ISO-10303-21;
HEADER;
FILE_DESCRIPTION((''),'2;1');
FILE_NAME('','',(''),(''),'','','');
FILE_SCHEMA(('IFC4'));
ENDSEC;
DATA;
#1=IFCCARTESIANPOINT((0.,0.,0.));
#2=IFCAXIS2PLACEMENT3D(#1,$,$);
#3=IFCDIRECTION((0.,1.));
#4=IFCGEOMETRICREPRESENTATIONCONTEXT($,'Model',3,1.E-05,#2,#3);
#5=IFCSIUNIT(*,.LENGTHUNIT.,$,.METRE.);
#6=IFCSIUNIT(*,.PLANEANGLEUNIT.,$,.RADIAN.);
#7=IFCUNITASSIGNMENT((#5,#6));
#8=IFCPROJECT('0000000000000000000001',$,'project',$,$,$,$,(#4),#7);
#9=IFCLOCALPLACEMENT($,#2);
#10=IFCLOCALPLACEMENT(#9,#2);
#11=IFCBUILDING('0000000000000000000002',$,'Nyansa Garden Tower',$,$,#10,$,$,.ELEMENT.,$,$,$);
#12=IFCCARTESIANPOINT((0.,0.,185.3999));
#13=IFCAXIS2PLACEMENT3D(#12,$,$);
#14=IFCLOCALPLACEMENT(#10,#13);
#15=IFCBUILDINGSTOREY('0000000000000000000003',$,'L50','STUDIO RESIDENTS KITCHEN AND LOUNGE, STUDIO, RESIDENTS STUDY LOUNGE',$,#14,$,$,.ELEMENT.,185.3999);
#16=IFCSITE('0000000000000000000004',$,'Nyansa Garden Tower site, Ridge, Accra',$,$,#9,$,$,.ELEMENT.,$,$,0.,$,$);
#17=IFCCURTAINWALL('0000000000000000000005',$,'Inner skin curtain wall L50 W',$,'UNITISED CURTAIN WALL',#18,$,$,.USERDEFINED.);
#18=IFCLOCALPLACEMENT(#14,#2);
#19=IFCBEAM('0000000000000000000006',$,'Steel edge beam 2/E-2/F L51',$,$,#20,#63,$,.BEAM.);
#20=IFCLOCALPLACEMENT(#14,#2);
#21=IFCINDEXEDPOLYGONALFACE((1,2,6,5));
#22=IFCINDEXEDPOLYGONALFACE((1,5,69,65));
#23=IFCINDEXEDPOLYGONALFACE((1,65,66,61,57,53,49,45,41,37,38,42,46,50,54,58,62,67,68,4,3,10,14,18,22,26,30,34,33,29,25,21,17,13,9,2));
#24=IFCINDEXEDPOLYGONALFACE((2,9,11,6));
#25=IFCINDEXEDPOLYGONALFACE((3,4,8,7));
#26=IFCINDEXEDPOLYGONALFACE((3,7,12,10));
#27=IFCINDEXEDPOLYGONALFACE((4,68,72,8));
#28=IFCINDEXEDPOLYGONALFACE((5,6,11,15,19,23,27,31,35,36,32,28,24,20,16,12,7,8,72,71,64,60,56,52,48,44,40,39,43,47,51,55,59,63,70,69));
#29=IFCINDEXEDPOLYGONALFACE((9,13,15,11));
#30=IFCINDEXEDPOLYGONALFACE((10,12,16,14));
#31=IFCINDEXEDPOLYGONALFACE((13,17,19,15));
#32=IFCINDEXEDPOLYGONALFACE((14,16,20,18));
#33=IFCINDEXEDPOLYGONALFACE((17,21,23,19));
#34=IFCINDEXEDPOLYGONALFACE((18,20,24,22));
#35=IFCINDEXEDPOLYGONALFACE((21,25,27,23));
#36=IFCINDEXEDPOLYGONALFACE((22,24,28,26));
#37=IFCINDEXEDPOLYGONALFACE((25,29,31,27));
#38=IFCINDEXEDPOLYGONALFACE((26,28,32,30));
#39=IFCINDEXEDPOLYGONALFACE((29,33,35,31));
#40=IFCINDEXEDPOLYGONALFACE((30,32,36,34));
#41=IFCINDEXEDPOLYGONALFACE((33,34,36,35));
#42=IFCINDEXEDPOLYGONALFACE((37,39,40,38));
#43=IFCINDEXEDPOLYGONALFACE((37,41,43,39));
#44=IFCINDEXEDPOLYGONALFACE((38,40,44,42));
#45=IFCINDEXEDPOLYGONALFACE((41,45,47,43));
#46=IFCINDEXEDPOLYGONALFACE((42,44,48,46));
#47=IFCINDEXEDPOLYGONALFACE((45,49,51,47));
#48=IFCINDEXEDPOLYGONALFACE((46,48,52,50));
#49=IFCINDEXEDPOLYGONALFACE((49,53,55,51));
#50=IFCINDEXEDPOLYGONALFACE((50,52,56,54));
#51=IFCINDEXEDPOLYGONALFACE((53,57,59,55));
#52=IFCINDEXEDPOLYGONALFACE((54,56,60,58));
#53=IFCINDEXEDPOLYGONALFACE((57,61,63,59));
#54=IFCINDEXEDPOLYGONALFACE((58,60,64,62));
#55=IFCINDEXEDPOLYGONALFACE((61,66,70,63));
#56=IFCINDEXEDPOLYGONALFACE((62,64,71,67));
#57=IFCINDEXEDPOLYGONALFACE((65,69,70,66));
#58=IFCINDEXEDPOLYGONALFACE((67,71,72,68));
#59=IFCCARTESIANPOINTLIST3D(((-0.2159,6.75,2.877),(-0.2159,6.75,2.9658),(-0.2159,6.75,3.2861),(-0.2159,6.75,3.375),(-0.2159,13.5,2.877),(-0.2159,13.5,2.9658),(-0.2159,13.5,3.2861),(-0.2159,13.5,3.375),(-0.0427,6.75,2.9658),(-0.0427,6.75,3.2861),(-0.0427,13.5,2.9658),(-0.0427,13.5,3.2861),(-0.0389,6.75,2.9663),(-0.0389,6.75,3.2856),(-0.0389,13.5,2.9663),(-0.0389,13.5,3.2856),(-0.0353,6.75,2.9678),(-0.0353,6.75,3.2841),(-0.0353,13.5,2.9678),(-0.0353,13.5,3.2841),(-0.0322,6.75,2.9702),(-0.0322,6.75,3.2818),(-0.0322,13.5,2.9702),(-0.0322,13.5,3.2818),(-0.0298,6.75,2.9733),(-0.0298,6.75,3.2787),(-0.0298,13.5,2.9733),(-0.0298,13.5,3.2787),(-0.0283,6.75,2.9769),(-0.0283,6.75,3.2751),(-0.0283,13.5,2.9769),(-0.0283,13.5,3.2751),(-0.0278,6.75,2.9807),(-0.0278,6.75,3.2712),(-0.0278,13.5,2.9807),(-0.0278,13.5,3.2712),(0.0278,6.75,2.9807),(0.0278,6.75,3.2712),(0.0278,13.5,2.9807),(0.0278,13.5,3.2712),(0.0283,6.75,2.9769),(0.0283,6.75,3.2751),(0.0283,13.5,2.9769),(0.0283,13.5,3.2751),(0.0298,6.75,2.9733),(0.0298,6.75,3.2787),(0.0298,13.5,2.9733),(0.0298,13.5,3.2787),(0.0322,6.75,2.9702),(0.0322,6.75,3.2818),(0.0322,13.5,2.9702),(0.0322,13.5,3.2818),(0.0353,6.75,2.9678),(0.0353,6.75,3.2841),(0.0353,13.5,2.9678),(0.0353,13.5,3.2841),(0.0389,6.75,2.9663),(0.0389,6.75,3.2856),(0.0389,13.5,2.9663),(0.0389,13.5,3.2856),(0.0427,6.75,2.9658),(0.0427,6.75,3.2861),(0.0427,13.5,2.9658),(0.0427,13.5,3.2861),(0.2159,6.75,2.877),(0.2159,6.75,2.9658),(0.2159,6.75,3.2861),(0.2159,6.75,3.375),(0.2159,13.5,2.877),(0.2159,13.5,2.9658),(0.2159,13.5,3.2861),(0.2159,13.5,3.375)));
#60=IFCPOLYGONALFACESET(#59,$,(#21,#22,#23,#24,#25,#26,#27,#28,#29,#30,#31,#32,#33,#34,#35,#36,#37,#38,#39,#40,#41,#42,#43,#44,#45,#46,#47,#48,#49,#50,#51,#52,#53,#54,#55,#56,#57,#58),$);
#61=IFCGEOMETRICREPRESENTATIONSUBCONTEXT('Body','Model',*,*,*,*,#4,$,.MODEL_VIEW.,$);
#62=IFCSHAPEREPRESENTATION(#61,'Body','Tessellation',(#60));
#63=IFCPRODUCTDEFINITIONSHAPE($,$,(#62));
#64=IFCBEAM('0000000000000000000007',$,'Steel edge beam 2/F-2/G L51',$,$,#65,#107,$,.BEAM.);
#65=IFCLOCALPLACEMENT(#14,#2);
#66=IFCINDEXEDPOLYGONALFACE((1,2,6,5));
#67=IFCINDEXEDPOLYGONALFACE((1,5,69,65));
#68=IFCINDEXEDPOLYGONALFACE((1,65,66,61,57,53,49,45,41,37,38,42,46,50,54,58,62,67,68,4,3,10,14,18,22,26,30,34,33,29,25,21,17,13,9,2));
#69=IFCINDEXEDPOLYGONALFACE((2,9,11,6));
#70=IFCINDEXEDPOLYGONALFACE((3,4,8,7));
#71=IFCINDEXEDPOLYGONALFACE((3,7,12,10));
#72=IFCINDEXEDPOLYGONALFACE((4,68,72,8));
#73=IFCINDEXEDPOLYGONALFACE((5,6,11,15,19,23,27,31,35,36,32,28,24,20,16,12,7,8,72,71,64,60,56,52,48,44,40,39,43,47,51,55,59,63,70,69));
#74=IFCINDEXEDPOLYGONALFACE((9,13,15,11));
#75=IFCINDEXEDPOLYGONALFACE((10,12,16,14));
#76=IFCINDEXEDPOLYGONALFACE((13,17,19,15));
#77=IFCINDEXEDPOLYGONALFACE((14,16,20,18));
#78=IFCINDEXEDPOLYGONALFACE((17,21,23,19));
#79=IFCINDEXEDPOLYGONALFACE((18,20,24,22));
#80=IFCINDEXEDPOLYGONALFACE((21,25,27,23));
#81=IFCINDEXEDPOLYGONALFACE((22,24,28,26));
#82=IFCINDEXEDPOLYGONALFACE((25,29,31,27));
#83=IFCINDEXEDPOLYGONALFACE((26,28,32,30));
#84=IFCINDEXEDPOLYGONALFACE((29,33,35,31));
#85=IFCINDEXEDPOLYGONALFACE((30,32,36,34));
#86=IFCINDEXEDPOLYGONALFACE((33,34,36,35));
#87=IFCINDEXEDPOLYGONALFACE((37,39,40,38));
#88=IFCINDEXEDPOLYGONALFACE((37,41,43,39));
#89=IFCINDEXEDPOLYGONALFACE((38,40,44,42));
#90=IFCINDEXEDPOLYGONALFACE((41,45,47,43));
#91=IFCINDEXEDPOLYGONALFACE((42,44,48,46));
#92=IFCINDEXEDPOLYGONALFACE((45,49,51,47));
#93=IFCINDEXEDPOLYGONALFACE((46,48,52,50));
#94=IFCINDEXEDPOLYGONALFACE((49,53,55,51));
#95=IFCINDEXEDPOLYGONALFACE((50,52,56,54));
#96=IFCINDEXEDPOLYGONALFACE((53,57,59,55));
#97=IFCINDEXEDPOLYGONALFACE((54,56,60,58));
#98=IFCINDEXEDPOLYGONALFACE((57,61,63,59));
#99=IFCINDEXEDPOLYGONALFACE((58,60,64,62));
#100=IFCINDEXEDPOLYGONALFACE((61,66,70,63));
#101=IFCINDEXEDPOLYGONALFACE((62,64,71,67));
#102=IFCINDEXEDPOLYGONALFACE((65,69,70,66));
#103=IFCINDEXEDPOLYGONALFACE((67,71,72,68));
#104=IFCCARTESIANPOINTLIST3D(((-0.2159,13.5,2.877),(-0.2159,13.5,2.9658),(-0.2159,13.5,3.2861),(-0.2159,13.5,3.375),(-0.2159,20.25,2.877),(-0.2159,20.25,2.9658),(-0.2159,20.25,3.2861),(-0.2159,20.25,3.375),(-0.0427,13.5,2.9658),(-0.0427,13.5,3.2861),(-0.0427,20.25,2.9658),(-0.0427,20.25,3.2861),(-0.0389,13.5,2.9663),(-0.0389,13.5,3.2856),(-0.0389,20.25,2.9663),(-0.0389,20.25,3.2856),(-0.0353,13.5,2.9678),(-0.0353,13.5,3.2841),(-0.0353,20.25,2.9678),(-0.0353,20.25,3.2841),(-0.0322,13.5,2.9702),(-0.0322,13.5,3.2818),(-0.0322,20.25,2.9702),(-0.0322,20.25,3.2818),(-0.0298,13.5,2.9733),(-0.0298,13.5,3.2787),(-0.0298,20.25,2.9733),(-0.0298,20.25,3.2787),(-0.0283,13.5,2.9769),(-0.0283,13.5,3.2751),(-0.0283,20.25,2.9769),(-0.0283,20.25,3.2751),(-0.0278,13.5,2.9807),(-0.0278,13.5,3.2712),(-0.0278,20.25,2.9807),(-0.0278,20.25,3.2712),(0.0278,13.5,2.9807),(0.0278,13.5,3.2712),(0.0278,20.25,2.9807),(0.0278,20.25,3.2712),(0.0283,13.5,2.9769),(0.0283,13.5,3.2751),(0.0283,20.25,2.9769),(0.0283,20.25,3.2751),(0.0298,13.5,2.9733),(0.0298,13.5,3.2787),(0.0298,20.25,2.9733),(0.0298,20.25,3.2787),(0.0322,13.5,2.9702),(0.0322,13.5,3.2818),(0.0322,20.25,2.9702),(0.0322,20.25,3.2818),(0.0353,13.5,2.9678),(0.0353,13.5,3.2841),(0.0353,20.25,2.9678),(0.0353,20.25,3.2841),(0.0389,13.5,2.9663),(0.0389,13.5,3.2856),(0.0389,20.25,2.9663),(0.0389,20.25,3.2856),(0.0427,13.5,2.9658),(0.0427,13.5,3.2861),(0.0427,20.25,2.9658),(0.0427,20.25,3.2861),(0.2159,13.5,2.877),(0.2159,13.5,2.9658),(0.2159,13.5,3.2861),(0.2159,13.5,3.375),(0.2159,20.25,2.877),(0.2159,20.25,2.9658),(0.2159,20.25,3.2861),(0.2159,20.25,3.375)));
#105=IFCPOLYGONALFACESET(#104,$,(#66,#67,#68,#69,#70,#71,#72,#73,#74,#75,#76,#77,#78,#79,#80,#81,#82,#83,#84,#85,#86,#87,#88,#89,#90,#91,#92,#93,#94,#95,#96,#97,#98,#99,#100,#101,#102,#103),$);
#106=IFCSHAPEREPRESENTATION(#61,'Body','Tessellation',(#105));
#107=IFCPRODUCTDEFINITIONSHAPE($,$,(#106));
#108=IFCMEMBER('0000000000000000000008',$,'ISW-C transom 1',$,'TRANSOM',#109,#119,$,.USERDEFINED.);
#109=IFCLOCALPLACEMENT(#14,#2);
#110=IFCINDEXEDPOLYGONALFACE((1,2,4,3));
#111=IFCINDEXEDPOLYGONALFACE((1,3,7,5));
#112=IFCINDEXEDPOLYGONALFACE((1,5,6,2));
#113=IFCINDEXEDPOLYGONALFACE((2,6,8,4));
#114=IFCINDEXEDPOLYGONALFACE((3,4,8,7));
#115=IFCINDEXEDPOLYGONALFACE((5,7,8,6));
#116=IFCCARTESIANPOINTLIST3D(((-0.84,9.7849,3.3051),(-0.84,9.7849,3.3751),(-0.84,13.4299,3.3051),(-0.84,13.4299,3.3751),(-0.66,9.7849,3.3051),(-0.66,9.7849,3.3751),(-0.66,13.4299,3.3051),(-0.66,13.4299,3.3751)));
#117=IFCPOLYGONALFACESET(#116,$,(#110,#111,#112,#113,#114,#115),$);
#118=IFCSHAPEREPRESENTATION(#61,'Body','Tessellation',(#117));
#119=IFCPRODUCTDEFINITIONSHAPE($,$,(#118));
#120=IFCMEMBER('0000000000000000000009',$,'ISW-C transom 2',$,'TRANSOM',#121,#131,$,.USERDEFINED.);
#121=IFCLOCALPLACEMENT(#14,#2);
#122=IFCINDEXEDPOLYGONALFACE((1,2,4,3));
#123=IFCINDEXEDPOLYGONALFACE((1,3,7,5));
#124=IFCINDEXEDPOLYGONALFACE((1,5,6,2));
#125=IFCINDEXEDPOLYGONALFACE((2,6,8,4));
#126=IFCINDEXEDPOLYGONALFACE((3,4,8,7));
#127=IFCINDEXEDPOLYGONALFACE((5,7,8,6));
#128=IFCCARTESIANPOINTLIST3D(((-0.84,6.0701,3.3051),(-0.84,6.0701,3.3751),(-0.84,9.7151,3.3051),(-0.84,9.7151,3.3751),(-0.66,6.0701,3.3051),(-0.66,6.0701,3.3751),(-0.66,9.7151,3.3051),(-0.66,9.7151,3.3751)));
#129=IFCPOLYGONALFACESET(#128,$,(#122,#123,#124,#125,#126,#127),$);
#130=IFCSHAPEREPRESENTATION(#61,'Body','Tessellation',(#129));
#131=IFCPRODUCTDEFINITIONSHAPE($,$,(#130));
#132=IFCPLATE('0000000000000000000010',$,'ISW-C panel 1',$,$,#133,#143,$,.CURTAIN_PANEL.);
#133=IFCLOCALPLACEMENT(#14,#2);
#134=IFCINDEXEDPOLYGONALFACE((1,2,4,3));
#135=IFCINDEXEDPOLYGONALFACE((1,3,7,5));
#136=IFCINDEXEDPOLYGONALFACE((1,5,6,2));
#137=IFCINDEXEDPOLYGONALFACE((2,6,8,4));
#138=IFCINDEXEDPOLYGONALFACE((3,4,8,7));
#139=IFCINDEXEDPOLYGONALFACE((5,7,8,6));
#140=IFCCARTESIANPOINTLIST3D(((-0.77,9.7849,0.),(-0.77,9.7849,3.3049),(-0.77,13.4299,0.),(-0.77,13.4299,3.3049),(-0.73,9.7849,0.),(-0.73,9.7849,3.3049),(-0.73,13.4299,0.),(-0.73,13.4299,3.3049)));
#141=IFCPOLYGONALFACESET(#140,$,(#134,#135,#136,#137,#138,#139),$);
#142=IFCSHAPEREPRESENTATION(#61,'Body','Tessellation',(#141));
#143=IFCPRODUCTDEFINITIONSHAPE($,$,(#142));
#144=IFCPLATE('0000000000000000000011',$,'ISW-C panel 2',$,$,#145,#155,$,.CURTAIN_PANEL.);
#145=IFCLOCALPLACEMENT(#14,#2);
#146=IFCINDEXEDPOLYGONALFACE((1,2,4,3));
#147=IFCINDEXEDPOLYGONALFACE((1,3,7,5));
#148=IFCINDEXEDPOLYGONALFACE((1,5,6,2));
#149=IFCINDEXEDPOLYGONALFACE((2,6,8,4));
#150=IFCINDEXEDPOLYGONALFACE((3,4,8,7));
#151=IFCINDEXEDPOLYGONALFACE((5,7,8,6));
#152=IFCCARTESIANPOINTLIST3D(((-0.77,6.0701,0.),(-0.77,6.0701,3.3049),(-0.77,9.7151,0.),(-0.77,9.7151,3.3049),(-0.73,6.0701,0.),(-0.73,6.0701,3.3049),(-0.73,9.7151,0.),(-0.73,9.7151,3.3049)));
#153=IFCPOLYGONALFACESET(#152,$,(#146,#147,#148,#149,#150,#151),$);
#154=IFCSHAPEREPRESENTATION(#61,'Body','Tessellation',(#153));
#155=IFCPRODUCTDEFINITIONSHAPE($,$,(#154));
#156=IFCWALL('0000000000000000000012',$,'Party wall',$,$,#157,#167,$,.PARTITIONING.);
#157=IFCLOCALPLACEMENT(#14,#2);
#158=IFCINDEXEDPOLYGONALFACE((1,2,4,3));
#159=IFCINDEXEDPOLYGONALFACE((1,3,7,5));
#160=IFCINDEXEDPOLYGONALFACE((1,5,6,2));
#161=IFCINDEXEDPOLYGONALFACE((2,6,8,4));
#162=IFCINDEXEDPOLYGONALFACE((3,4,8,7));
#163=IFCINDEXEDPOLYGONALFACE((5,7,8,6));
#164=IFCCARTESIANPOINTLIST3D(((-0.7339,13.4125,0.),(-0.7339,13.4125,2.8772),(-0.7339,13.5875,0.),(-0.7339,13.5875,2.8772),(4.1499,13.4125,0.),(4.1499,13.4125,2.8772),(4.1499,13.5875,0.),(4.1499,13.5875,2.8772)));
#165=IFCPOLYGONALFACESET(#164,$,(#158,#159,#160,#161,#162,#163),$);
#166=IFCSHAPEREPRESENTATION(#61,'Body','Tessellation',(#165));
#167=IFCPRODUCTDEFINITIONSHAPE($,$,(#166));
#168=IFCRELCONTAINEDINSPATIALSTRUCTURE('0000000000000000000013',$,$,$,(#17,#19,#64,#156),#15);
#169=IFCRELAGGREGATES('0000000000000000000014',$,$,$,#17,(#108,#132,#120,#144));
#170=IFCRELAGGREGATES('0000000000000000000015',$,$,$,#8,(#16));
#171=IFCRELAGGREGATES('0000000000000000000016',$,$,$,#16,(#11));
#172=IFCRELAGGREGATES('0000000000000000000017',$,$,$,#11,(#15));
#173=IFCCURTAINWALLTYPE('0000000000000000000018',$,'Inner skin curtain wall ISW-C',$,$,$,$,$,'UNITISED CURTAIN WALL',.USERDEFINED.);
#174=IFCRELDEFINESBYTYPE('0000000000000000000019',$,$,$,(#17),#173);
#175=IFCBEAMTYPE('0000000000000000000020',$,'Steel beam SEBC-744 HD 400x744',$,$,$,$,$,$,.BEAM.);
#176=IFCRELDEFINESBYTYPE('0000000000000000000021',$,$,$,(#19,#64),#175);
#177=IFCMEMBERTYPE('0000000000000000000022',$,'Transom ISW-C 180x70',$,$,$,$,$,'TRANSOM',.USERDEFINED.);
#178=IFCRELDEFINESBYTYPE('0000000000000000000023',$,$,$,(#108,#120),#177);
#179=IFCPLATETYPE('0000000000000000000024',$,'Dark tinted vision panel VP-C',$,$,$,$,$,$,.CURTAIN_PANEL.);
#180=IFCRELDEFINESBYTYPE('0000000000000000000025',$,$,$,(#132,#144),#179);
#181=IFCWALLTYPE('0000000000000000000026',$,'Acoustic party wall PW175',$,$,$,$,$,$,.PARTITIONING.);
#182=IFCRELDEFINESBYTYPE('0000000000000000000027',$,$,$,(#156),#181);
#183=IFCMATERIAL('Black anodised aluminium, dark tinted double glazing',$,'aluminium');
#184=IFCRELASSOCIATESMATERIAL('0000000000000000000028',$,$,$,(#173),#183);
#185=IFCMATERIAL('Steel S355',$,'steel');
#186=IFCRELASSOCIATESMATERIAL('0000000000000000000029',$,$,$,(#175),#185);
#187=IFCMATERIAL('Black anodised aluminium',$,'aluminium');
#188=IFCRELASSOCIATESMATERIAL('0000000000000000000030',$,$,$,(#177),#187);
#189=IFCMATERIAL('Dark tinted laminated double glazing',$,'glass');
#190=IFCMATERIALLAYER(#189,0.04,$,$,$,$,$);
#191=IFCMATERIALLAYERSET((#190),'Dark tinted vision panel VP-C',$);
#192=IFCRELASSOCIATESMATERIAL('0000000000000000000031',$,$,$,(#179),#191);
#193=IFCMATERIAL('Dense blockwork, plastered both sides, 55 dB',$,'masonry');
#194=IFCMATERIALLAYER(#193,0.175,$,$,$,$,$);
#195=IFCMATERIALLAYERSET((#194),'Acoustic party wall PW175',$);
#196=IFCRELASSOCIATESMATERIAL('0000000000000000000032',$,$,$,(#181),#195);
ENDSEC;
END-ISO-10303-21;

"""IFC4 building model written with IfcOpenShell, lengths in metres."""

from ifc_helpers import new_model, si_unit, direction, frame, frame_2d, origin, origin_2d, place, context, subcontext, project, spatial, rectangle, i_section, extrude, material, layer, layer_set, material_profile, profile_set, type_object, element, aggregate, save


model = new_model("IFC4")

# Units and contexts
model_context = context("Model", 3, precision=1e-05, world=origin(), true_north=direction((0.0, 1.0)))
body_context = subcontext(model_context, "Body", "Model", "MODEL_VIEW")
ifc_project = project(units=[si_unit("LENGTHUNIT", "METRE"), si_unit("PLANEANGLEUNIT", "RADIAN")], contexts=[model_context])

# Site, building, storey
site_placement = place(None, origin())
site = spatial("IfcSite", under=ifc_project, at=site_placement, Name="Nyansa Garden Tower site, Ridge, Accra", CompositionType="ELEMENT", RefElevation=0.0)
building_placement = place(site_placement, origin())
building = spatial("IfcBuilding", under=site, at=building_placement, Name="Nyansa Garden Tower", CompositionType="ELEMENT")
storey_placement = place(building_placement, frame((0.0, 0.0, 185.3999)))
storey = spatial("IfcBuildingStorey", under=building, at=storey_placement, Name="L50", Description="STUDIO RESIDENTS KITCHEN AND LOUNGE, STUDIO, RESIDENTS STUDY LOUNGE", CompositionType="ELEMENT", Elevation=185.3999)

# Curtain wall
ifc_material_1 = material(Name="Black anodised aluminium, dark tinted double glazing", Category="aluminium")
curtain_wall_type = type_object("IfcCurtainWallType", Name="Inner skin curtain wall ISW-C", ElementType="UNITISED CURTAIN WALL", PredefinedType="USERDEFINED", material=ifc_material_1)
curtain_wall_placement = place(storey_placement, origin())
curtain_wall = element("IfcCurtainWall", 1, at=curtain_wall_placement, inside=storey, type_object=curtain_wall_type, Name="Inner skin curtain wall L50 W", ObjectType="UNITISED CURTAIN WALL", PredefinedType="USERDEFINED")

# Beams
ifc_material_2 = material(Name="Steel S355", Category="steel")
ifc_material_profile_1 = material_profile(ifc_material_2, i_section(OverallWidth=0.4319, OverallDepth=0.498, WebThickness=0.0557, FlangeThickness=0.0889, FilletRadius=0.0149, at=origin_2d()), Name="HD 400x744")
ifc_profile_set_1 = profile_set([ifc_material_profile_1], Name="Steel S355")
beam_type_1 = type_object("IfcBeamType", Name="Steel beam SEBC-744 HD 400x744", PredefinedType="BEAM", material=ifc_profile_set_1)
for number, where, z_axis, x_axis, name in (
    (2, (0.0, 6.75, 3.126), (0.0, 1.0, 0.0), (-1.0, 0.0, 0.0), "Steel edge beam 2/E-2/F L51"),
    (3, (0.0, 13.5, 3.126), (0.0, 1.0, 0.0), (-1.0, 0.0, 0.0), "Steel edge beam 2/F-2/G L51"),
):
    element("IfcBeam", number, at=place(storey_placement, frame(where, z_axis=z_axis, x_axis=x_axis)), inside=storey, type_object=beam_type_1, Name=name, PredefinedType="BEAM", context=body_context, shape_type="SweptSolid", body=[
        extrude(i_section(OverallWidth=0.4319, OverallDepth=0.498, WebThickness=0.0557, FlangeThickness=0.0889, FilletRadius=0.0149, at=origin_2d()), origin(), (0.0, 0.0, 1.0), 6.75),
    ])

# Members
ifc_material_3 = material(Name="Black anodised aluminium", Category="aluminium")
ifc_material_profile_2 = material_profile(ifc_material_3, rectangle(XDim=0.1799, YDim=0.0701, at=origin_2d()), Name="Transom 180x70")
ifc_profile_set_2 = profile_set([ifc_material_profile_2], Name="Black anodised aluminium")
member_type_1 = type_object("IfcMemberType", Name="Transom ISW-C 180x70", ElementType="TRANSOM", PredefinedType="USERDEFINED", material=ifc_profile_set_2)
member_1_placement = place(storey_placement, frame((-0.75, 13.4299, 3.3401), z_axis=(0.0, -1.0, 0.0), x_axis=(1.0, 0.0, 0.0)))
member_1 = element("IfcMember", 4, at=member_1_placement, type_object=member_type_1, Name="ISW-C transom 1", ObjectType="TRANSOM", PredefinedType="USERDEFINED", context=body_context, shape_type="SweptSolid", body=[
    extrude(rectangle(XDim=0.1799, YDim=0.0701, at=origin_2d()), origin(), (0.0, 0.0, 1.0), 3.645),
])
member_2_placement = place(storey_placement, frame((-0.75, 9.7151, 3.3401), z_axis=(0.0, -1.0, 0.0), x_axis=(1.0, 0.0, 0.0)))
member_2 = element("IfcMember", 5, at=member_2_placement, type_object=member_type_1, Name="ISW-C transom 2", ObjectType="TRANSOM", PredefinedType="USERDEFINED", context=body_context, shape_type="SweptSolid", body=[
    extrude(rectangle(XDim=0.1799, YDim=0.0701, at=origin_2d()), origin(), (0.0, 0.0, 1.0), 3.645),
])

# Plates
ifc_material_4 = material(Name="Dark tinted laminated double glazing", Category="glass")
ifc_layer_1 = layer(ifc_material_4, 0.04)
ifc_layer_set_1 = layer_set([ifc_layer_1], Name="Dark tinted vision panel VP-C")
plate_type = type_object("IfcPlateType", Name="Dark tinted vision panel VP-C", PredefinedType="CURTAIN_PANEL", material=ifc_layer_set_1)
plate_1_placement = place(storey_placement, frame((-0.75, 11.6074, 0.0), z_axis=(0.0, 0.0, 1.0), x_axis=(0.0, -1.0, 0.0)))
plate_1 = element("IfcPlate", 6, at=plate_1_placement, type_object=plate_type, Name="ISW-C panel 1", PredefinedType="CURTAIN_PANEL", context=body_context, shape_type="SweptSolid", body=[
    extrude(rectangle(XDim=3.645, YDim=0.04, at=origin_2d()), origin(), (0.0, 0.0, 1.0), 3.3049),
])
plate_2_placement = place(storey_placement, frame((-0.75, 7.8926, 0.0), z_axis=(0.0, 0.0, 1.0), x_axis=(0.0, -1.0, 0.0)))
plate_2 = element("IfcPlate", 7, at=plate_2_placement, type_object=plate_type, Name="ISW-C panel 2", PredefinedType="CURTAIN_PANEL", context=body_context, shape_type="SweptSolid", body=[
    extrude(rectangle(XDim=3.645, YDim=0.04, at=origin_2d()), origin(), (0.0, 0.0, 1.0), 3.3049),
])
aggregate(curtain_wall, [member_1, plate_1, member_2, plate_2])

# Wall
ifc_material_5 = material(Name="Dense blockwork, plastered both sides, 55 dB", Category="masonry")
ifc_layer_2 = layer(ifc_material_5, 0.175)
ifc_layer_set_2 = layer_set([ifc_layer_2], Name="Acoustic party wall PW175")
wall_type_1 = type_object("IfcWallType", Name="Acoustic party wall PW175", PredefinedType="PARTITIONING", material=ifc_layer_set_2)
wall_1_placement = place(storey_placement, frame((-0.7339, 13.5, 0.0), z_axis=(0.0, 0.0, 1.0), x_axis=(1.0, 0.0, 0.0)))
element("IfcWall", 8, at=wall_1_placement, inside=storey, type_object=wall_type_1, Name="Party wall", PredefinedType="PARTITIONING", context=body_context, shape_type="SweptSolid", body=[
    extrude(rectangle(XDim=4.8838, YDim=0.175, at=frame_2d((2.4419, 0.0))), origin(), (0.0, 0.0, 1.0), 2.8772),
])

save(model, "model.ifc")
